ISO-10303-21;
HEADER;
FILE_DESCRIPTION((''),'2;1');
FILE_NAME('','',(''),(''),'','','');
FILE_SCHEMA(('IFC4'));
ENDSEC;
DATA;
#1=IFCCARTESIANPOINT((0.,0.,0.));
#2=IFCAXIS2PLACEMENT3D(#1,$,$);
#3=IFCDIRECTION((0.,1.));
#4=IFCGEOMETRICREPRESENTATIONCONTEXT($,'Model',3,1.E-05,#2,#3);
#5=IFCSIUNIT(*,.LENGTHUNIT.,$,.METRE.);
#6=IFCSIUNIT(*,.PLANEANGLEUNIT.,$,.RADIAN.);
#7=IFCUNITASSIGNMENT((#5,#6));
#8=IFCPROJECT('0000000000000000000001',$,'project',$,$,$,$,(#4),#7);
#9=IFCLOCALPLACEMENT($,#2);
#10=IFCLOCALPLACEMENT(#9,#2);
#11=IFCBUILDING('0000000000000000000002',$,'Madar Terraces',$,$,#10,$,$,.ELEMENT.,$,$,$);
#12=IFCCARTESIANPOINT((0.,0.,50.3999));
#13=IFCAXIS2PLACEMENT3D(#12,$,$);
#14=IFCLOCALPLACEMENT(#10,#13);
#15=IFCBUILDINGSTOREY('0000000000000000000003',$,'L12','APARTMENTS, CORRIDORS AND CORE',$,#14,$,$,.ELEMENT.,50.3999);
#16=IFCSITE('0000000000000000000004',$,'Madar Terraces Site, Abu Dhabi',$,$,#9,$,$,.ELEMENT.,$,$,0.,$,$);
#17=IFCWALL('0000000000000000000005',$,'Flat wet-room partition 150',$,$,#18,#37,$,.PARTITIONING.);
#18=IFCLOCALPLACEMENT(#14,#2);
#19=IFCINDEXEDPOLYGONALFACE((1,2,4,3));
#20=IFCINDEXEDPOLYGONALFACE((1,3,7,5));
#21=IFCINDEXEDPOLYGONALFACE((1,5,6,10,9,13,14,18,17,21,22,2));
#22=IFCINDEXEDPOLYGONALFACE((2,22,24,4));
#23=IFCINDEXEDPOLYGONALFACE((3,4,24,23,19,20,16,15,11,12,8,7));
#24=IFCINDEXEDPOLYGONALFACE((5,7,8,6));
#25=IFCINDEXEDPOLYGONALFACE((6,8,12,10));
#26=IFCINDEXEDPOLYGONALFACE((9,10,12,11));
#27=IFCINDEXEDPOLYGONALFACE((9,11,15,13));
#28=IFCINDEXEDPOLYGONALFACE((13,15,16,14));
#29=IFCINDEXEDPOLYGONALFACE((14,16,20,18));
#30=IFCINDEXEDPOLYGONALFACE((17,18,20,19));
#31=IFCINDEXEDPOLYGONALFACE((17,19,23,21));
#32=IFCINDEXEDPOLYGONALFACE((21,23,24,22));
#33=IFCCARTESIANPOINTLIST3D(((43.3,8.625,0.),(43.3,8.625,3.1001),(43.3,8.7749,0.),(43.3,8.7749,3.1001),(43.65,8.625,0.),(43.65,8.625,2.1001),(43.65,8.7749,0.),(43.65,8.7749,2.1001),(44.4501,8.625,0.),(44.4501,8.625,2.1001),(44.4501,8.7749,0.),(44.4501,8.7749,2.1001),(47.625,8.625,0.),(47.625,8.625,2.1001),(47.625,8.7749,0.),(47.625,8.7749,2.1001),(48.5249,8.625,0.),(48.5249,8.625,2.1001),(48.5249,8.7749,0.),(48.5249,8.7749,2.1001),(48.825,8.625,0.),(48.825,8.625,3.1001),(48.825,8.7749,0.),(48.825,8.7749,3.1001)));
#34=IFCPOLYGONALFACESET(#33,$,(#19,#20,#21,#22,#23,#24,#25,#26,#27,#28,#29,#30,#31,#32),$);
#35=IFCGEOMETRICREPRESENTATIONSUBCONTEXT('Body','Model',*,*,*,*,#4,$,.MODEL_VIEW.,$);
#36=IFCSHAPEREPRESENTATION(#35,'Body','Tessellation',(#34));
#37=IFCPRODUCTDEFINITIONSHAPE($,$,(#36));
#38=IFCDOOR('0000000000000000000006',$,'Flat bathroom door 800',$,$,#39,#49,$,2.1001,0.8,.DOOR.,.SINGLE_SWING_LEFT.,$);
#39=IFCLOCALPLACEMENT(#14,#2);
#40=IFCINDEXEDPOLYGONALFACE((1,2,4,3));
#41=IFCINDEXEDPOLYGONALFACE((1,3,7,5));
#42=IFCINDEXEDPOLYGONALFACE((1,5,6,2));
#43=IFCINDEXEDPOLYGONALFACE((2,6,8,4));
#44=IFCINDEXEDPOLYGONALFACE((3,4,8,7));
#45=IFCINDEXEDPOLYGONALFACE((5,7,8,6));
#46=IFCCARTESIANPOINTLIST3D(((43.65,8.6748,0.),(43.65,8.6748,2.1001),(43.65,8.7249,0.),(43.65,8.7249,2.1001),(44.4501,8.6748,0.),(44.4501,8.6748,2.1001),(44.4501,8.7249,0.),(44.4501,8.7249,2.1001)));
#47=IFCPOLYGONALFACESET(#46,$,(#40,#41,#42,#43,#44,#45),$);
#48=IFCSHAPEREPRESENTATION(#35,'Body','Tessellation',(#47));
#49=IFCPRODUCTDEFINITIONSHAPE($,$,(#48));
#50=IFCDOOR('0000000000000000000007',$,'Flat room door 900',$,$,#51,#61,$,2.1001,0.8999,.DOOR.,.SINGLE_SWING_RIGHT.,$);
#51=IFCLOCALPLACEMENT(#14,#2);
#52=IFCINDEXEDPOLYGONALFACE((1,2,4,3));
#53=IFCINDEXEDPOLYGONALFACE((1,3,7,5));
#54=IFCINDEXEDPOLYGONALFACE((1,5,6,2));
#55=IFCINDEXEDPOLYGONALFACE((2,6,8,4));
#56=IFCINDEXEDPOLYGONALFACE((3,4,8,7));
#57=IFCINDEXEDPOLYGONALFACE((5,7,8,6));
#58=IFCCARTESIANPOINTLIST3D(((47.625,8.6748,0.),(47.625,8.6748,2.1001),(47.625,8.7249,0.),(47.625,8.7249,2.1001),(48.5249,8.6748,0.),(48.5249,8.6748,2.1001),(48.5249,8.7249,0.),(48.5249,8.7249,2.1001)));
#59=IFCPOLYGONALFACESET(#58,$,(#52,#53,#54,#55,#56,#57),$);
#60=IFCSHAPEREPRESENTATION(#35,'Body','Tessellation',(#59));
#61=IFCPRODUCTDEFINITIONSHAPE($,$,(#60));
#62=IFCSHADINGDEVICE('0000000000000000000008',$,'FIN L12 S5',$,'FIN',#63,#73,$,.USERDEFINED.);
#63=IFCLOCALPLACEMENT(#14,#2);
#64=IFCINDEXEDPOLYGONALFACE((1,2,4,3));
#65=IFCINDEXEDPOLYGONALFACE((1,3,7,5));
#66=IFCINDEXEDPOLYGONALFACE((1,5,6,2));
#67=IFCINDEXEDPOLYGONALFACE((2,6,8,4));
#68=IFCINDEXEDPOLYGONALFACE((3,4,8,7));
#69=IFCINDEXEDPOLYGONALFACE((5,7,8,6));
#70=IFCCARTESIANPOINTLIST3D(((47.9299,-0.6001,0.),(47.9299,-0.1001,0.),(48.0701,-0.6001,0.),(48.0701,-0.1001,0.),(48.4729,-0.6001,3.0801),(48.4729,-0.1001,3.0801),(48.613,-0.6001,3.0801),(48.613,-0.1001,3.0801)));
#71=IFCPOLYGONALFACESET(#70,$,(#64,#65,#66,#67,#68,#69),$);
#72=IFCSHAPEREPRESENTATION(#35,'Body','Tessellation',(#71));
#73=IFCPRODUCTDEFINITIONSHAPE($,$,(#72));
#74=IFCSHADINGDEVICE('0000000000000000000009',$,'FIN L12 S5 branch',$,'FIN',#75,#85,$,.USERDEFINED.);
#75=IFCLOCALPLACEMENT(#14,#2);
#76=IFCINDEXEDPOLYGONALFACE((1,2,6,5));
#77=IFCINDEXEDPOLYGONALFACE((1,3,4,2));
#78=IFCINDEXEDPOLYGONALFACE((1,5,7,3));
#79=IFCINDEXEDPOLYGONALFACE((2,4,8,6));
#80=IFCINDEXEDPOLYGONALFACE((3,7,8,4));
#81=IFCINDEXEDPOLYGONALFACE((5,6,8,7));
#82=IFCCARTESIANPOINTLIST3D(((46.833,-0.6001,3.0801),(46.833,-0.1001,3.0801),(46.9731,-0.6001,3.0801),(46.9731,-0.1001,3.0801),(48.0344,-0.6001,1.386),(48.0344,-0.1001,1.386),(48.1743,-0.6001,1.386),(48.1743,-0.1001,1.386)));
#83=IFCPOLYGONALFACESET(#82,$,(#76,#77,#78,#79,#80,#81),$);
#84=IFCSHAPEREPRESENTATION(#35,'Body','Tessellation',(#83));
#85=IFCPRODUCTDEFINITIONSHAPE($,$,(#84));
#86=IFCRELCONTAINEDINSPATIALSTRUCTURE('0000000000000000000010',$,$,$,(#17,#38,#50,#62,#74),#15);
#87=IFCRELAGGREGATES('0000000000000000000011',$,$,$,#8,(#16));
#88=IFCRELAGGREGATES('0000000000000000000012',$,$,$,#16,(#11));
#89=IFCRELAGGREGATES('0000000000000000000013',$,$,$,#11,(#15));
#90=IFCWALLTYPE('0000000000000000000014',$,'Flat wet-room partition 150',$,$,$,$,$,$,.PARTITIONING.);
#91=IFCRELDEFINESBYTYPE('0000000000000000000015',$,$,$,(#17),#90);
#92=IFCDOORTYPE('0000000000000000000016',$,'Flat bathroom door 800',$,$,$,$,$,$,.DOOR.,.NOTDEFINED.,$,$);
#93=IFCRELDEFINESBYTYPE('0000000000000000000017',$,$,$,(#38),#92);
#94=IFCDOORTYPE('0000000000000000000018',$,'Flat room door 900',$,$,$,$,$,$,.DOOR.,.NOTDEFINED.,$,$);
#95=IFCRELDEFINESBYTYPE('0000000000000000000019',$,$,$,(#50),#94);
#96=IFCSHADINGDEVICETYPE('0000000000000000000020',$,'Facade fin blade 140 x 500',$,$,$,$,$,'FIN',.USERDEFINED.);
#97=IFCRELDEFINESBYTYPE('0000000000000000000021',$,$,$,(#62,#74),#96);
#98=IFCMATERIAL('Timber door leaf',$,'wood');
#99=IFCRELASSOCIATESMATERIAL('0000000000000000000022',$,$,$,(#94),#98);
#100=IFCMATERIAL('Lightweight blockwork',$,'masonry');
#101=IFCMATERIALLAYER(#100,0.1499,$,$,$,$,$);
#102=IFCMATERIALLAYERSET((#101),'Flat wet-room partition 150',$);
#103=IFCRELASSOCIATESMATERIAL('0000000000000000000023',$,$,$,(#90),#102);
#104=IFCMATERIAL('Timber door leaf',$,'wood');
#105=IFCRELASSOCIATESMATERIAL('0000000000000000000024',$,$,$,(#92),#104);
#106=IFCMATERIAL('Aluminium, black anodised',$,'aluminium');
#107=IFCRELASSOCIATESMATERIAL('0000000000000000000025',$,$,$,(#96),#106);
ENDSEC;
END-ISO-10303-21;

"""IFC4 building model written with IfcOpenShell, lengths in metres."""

from ifc_helpers import new_model, si_unit, direction, frame, frame_2d, origin, place, context, subcontext, project, spatial, polyline, rectangle, outline, extrude, material, layer, layer_set, type_object, element, fill, save


model = new_model("IFC4")

# Units and contexts
model_context = context("Model", 3, precision=1e-05, world=origin(), true_north=direction((0.0, 1.0)))
body_context = subcontext(model_context, "Body", "Model", "MODEL_VIEW")
ifc_project = project(units=[si_unit("LENGTHUNIT", "METRE"), si_unit("PLANEANGLEUNIT", "RADIAN")], contexts=[model_context])

# Site, building, storey
site_placement = place(None, origin())
site = spatial("IfcSite", under=ifc_project, at=site_placement, Name="Madar Terraces Site, Abu Dhabi", CompositionType="ELEMENT", RefElevation=0.0)
building_placement = place(site_placement, origin())
building = spatial("IfcBuilding", under=site, at=building_placement, Name="Madar Terraces", CompositionType="ELEMENT")
storey_placement = place(building_placement, frame((0.0, 0.0, 50.3999)))
storey = spatial("IfcBuildingStorey", under=building, at=storey_placement, Name="L12", Description="APARTMENTS, CORRIDORS AND CORE", CompositionType="ELEMENT", Elevation=50.3999)

# Wall, openings, doors
ifc_material_1 = material(Name="Timber door leaf", Category="wood")
door_type_1 = type_object("IfcDoorType", Name="Flat room door 900", OperationType="NOTDEFINED", PredefinedType="DOOR", material=ifc_material_1)
ifc_material_2 = material(Name="Lightweight blockwork", Category="masonry")
ifc_layer_1 = layer(ifc_material_2, 0.1499)
ifc_layer_set_1 = layer_set([ifc_layer_1], Name="Flat wet-room partition 150")
wall_type_1 = type_object("IfcWallType", Name="Flat wet-room partition 150", PredefinedType="PARTITIONING", material=ifc_layer_set_1)
wall_1_placement = place(storey_placement, frame((43.3, 8.7, 0.0), z_axis=(0.0, 0.0, 1.0), x_axis=(1.0, 0.0, 0.0)))
wall_1 = element("IfcWall", 1, at=wall_1_placement, inside=storey, type_object=wall_type_1, Name="Flat wet-room partition 150", PredefinedType="PARTITIONING", context=body_context, shape_type="SweptSolid", body=[
    extrude(rectangle(XDim=5.5249, YDim=0.1499, at=frame_2d((2.7625, 0.0))), origin(), (0.0, 0.0, 1.0), 3.1001),
])
opening_1_placement = place(wall_1_placement, frame((4.325, 0.0, 0.0)))
opening_1 = element("IfcOpeningElement", 2, at=opening_1_placement, cuts=wall_1, PredefinedType="OPENING", context=body_context, shape_type="SweptSolid", body=[
    extrude(rectangle(XDim=0.8999, YDim=2.1001, at=frame_2d((0.45, 1.05))), frame((0.0, 0.085, 0.0), z_axis=(0.0, -1.0, 0.0), x_axis=(1.0, 0.0, 0.0)), (0.0, 0.0, 1.0), 0.1699),
])
opening_2_placement = place(wall_1_placement, frame((0.3501, 0.0, 0.0)))
opening_2 = element("IfcOpeningElement", 3, at=opening_2_placement, cuts=wall_1, PredefinedType="OPENING", context=body_context, shape_type="SweptSolid", body=[
    extrude(rectangle(XDim=0.8, YDim=2.1001, at=frame_2d((0.3999, 1.05))), frame((0.0, 0.085, 0.0), z_axis=(0.0, -1.0, 0.0), x_axis=(1.0, 0.0, 0.0)), (0.0, 0.0, 1.0), 0.1699),
])
ifc_material_3 = material(Name="Timber door leaf", Category="wood")
door_type_2 = type_object("IfcDoorType", Name="Flat bathroom door 800", OperationType="NOTDEFINED", PredefinedType="DOOR", material=ifc_material_3)
door_1_placement = place(opening_2_placement, origin())
door_1 = element("IfcDoor", 4, at=door_1_placement, inside=storey, type_object=door_type_2, Name="Flat bathroom door 800", OperationType="SINGLE_SWING_LEFT", OverallHeight=2.1001, OverallWidth=0.8, PredefinedType="DOOR", context=body_context, shape_type="SweptSolid", body=[
    extrude(rectangle(XDim=0.8, YDim=2.1001, at=frame_2d((0.3999, 1.05))), frame((0.0, 0.0249, 0.0), z_axis=(0.0, -1.0, 0.0), x_axis=(1.0, 0.0, 0.0)), (0.0, 0.0, 1.0), 0.05),
])
fill(opening_2, door_1)
door_2_placement = place(opening_1_placement, origin())
door_2 = element("IfcDoor", 5, at=door_2_placement, inside=storey, type_object=door_type_1, Name="Flat room door 900", OperationType="SINGLE_SWING_RIGHT", OverallHeight=2.1001, OverallWidth=0.8999, PredefinedType="DOOR", context=body_context, shape_type="SweptSolid", body=[
    extrude(rectangle(XDim=0.8999, YDim=2.1001, at=frame_2d((0.45, 1.05))), frame((0.0, 0.0249, 0.0), z_axis=(0.0, -1.0, 0.0), x_axis=(1.0, 0.0, 0.0)), (0.0, 0.0, 1.0), 0.05),
])
fill(opening_1, door_2)

# Shading devices
ifc_material_4 = material(Name="Aluminium, black anodised", Category="aluminium")
shading_device_type = type_object("IfcShadingDeviceType", Name="Facade fin blade 140 x 500", ElementType="FIN", PredefinedType="USERDEFINED", material=ifc_material_4)
shading_device_1_placement = place(storey_placement, frame((47.9299, -0.3501, 0.0), z_axis=(0.0, 0.0, 1.0), x_axis=(1.0, 0.0, 0.0)))
element("IfcShadingDevice", 6, at=shading_device_1_placement, inside=storey, type_object=shading_device_type, Name="FIN L12 S5", ObjectType="FIN", PredefinedType="USERDEFINED", context=body_context, shape_type="SweptSolid", body=[
    extrude(outline(polyline([(0.0, 0.0), (0.1401, 0.0), (0.6831, 3.0801), (0.543, 3.0801), (0.0, 0.0)])), frame((0.0, 0.25, 0.0), z_axis=(0.0, -1.0, 0.0), x_axis=(1.0, 0.0, 0.0)), (0.0, 0.0, 1.0), 0.5),
])
shading_device_2_placement = place(storey_placement, frame((48.0344, -0.3501, 1.386), z_axis=(0.0, 0.0, 1.0), x_axis=(1.0, 0.0, 0.0)))
element("IfcShadingDevice", 7, at=shading_device_2_placement, inside=storey, type_object=shading_device_type, Name="FIN L12 S5 branch", ObjectType="FIN", PredefinedType="USERDEFINED", context=body_context, shape_type="SweptSolid", body=[
    extrude(outline(polyline([(0.0, 0.0), (0.1399, 0.0), (-1.0613, 1.6941), (-1.2014, 1.6941), (0.0, 0.0)])), frame((0.0, 0.25, 0.0), z_axis=(0.0, -1.0, 0.0), x_axis=(1.0, 0.0, 0.0)), (0.0, 0.0, 1.0), 0.5),
])

save(model, "model.ifc")
